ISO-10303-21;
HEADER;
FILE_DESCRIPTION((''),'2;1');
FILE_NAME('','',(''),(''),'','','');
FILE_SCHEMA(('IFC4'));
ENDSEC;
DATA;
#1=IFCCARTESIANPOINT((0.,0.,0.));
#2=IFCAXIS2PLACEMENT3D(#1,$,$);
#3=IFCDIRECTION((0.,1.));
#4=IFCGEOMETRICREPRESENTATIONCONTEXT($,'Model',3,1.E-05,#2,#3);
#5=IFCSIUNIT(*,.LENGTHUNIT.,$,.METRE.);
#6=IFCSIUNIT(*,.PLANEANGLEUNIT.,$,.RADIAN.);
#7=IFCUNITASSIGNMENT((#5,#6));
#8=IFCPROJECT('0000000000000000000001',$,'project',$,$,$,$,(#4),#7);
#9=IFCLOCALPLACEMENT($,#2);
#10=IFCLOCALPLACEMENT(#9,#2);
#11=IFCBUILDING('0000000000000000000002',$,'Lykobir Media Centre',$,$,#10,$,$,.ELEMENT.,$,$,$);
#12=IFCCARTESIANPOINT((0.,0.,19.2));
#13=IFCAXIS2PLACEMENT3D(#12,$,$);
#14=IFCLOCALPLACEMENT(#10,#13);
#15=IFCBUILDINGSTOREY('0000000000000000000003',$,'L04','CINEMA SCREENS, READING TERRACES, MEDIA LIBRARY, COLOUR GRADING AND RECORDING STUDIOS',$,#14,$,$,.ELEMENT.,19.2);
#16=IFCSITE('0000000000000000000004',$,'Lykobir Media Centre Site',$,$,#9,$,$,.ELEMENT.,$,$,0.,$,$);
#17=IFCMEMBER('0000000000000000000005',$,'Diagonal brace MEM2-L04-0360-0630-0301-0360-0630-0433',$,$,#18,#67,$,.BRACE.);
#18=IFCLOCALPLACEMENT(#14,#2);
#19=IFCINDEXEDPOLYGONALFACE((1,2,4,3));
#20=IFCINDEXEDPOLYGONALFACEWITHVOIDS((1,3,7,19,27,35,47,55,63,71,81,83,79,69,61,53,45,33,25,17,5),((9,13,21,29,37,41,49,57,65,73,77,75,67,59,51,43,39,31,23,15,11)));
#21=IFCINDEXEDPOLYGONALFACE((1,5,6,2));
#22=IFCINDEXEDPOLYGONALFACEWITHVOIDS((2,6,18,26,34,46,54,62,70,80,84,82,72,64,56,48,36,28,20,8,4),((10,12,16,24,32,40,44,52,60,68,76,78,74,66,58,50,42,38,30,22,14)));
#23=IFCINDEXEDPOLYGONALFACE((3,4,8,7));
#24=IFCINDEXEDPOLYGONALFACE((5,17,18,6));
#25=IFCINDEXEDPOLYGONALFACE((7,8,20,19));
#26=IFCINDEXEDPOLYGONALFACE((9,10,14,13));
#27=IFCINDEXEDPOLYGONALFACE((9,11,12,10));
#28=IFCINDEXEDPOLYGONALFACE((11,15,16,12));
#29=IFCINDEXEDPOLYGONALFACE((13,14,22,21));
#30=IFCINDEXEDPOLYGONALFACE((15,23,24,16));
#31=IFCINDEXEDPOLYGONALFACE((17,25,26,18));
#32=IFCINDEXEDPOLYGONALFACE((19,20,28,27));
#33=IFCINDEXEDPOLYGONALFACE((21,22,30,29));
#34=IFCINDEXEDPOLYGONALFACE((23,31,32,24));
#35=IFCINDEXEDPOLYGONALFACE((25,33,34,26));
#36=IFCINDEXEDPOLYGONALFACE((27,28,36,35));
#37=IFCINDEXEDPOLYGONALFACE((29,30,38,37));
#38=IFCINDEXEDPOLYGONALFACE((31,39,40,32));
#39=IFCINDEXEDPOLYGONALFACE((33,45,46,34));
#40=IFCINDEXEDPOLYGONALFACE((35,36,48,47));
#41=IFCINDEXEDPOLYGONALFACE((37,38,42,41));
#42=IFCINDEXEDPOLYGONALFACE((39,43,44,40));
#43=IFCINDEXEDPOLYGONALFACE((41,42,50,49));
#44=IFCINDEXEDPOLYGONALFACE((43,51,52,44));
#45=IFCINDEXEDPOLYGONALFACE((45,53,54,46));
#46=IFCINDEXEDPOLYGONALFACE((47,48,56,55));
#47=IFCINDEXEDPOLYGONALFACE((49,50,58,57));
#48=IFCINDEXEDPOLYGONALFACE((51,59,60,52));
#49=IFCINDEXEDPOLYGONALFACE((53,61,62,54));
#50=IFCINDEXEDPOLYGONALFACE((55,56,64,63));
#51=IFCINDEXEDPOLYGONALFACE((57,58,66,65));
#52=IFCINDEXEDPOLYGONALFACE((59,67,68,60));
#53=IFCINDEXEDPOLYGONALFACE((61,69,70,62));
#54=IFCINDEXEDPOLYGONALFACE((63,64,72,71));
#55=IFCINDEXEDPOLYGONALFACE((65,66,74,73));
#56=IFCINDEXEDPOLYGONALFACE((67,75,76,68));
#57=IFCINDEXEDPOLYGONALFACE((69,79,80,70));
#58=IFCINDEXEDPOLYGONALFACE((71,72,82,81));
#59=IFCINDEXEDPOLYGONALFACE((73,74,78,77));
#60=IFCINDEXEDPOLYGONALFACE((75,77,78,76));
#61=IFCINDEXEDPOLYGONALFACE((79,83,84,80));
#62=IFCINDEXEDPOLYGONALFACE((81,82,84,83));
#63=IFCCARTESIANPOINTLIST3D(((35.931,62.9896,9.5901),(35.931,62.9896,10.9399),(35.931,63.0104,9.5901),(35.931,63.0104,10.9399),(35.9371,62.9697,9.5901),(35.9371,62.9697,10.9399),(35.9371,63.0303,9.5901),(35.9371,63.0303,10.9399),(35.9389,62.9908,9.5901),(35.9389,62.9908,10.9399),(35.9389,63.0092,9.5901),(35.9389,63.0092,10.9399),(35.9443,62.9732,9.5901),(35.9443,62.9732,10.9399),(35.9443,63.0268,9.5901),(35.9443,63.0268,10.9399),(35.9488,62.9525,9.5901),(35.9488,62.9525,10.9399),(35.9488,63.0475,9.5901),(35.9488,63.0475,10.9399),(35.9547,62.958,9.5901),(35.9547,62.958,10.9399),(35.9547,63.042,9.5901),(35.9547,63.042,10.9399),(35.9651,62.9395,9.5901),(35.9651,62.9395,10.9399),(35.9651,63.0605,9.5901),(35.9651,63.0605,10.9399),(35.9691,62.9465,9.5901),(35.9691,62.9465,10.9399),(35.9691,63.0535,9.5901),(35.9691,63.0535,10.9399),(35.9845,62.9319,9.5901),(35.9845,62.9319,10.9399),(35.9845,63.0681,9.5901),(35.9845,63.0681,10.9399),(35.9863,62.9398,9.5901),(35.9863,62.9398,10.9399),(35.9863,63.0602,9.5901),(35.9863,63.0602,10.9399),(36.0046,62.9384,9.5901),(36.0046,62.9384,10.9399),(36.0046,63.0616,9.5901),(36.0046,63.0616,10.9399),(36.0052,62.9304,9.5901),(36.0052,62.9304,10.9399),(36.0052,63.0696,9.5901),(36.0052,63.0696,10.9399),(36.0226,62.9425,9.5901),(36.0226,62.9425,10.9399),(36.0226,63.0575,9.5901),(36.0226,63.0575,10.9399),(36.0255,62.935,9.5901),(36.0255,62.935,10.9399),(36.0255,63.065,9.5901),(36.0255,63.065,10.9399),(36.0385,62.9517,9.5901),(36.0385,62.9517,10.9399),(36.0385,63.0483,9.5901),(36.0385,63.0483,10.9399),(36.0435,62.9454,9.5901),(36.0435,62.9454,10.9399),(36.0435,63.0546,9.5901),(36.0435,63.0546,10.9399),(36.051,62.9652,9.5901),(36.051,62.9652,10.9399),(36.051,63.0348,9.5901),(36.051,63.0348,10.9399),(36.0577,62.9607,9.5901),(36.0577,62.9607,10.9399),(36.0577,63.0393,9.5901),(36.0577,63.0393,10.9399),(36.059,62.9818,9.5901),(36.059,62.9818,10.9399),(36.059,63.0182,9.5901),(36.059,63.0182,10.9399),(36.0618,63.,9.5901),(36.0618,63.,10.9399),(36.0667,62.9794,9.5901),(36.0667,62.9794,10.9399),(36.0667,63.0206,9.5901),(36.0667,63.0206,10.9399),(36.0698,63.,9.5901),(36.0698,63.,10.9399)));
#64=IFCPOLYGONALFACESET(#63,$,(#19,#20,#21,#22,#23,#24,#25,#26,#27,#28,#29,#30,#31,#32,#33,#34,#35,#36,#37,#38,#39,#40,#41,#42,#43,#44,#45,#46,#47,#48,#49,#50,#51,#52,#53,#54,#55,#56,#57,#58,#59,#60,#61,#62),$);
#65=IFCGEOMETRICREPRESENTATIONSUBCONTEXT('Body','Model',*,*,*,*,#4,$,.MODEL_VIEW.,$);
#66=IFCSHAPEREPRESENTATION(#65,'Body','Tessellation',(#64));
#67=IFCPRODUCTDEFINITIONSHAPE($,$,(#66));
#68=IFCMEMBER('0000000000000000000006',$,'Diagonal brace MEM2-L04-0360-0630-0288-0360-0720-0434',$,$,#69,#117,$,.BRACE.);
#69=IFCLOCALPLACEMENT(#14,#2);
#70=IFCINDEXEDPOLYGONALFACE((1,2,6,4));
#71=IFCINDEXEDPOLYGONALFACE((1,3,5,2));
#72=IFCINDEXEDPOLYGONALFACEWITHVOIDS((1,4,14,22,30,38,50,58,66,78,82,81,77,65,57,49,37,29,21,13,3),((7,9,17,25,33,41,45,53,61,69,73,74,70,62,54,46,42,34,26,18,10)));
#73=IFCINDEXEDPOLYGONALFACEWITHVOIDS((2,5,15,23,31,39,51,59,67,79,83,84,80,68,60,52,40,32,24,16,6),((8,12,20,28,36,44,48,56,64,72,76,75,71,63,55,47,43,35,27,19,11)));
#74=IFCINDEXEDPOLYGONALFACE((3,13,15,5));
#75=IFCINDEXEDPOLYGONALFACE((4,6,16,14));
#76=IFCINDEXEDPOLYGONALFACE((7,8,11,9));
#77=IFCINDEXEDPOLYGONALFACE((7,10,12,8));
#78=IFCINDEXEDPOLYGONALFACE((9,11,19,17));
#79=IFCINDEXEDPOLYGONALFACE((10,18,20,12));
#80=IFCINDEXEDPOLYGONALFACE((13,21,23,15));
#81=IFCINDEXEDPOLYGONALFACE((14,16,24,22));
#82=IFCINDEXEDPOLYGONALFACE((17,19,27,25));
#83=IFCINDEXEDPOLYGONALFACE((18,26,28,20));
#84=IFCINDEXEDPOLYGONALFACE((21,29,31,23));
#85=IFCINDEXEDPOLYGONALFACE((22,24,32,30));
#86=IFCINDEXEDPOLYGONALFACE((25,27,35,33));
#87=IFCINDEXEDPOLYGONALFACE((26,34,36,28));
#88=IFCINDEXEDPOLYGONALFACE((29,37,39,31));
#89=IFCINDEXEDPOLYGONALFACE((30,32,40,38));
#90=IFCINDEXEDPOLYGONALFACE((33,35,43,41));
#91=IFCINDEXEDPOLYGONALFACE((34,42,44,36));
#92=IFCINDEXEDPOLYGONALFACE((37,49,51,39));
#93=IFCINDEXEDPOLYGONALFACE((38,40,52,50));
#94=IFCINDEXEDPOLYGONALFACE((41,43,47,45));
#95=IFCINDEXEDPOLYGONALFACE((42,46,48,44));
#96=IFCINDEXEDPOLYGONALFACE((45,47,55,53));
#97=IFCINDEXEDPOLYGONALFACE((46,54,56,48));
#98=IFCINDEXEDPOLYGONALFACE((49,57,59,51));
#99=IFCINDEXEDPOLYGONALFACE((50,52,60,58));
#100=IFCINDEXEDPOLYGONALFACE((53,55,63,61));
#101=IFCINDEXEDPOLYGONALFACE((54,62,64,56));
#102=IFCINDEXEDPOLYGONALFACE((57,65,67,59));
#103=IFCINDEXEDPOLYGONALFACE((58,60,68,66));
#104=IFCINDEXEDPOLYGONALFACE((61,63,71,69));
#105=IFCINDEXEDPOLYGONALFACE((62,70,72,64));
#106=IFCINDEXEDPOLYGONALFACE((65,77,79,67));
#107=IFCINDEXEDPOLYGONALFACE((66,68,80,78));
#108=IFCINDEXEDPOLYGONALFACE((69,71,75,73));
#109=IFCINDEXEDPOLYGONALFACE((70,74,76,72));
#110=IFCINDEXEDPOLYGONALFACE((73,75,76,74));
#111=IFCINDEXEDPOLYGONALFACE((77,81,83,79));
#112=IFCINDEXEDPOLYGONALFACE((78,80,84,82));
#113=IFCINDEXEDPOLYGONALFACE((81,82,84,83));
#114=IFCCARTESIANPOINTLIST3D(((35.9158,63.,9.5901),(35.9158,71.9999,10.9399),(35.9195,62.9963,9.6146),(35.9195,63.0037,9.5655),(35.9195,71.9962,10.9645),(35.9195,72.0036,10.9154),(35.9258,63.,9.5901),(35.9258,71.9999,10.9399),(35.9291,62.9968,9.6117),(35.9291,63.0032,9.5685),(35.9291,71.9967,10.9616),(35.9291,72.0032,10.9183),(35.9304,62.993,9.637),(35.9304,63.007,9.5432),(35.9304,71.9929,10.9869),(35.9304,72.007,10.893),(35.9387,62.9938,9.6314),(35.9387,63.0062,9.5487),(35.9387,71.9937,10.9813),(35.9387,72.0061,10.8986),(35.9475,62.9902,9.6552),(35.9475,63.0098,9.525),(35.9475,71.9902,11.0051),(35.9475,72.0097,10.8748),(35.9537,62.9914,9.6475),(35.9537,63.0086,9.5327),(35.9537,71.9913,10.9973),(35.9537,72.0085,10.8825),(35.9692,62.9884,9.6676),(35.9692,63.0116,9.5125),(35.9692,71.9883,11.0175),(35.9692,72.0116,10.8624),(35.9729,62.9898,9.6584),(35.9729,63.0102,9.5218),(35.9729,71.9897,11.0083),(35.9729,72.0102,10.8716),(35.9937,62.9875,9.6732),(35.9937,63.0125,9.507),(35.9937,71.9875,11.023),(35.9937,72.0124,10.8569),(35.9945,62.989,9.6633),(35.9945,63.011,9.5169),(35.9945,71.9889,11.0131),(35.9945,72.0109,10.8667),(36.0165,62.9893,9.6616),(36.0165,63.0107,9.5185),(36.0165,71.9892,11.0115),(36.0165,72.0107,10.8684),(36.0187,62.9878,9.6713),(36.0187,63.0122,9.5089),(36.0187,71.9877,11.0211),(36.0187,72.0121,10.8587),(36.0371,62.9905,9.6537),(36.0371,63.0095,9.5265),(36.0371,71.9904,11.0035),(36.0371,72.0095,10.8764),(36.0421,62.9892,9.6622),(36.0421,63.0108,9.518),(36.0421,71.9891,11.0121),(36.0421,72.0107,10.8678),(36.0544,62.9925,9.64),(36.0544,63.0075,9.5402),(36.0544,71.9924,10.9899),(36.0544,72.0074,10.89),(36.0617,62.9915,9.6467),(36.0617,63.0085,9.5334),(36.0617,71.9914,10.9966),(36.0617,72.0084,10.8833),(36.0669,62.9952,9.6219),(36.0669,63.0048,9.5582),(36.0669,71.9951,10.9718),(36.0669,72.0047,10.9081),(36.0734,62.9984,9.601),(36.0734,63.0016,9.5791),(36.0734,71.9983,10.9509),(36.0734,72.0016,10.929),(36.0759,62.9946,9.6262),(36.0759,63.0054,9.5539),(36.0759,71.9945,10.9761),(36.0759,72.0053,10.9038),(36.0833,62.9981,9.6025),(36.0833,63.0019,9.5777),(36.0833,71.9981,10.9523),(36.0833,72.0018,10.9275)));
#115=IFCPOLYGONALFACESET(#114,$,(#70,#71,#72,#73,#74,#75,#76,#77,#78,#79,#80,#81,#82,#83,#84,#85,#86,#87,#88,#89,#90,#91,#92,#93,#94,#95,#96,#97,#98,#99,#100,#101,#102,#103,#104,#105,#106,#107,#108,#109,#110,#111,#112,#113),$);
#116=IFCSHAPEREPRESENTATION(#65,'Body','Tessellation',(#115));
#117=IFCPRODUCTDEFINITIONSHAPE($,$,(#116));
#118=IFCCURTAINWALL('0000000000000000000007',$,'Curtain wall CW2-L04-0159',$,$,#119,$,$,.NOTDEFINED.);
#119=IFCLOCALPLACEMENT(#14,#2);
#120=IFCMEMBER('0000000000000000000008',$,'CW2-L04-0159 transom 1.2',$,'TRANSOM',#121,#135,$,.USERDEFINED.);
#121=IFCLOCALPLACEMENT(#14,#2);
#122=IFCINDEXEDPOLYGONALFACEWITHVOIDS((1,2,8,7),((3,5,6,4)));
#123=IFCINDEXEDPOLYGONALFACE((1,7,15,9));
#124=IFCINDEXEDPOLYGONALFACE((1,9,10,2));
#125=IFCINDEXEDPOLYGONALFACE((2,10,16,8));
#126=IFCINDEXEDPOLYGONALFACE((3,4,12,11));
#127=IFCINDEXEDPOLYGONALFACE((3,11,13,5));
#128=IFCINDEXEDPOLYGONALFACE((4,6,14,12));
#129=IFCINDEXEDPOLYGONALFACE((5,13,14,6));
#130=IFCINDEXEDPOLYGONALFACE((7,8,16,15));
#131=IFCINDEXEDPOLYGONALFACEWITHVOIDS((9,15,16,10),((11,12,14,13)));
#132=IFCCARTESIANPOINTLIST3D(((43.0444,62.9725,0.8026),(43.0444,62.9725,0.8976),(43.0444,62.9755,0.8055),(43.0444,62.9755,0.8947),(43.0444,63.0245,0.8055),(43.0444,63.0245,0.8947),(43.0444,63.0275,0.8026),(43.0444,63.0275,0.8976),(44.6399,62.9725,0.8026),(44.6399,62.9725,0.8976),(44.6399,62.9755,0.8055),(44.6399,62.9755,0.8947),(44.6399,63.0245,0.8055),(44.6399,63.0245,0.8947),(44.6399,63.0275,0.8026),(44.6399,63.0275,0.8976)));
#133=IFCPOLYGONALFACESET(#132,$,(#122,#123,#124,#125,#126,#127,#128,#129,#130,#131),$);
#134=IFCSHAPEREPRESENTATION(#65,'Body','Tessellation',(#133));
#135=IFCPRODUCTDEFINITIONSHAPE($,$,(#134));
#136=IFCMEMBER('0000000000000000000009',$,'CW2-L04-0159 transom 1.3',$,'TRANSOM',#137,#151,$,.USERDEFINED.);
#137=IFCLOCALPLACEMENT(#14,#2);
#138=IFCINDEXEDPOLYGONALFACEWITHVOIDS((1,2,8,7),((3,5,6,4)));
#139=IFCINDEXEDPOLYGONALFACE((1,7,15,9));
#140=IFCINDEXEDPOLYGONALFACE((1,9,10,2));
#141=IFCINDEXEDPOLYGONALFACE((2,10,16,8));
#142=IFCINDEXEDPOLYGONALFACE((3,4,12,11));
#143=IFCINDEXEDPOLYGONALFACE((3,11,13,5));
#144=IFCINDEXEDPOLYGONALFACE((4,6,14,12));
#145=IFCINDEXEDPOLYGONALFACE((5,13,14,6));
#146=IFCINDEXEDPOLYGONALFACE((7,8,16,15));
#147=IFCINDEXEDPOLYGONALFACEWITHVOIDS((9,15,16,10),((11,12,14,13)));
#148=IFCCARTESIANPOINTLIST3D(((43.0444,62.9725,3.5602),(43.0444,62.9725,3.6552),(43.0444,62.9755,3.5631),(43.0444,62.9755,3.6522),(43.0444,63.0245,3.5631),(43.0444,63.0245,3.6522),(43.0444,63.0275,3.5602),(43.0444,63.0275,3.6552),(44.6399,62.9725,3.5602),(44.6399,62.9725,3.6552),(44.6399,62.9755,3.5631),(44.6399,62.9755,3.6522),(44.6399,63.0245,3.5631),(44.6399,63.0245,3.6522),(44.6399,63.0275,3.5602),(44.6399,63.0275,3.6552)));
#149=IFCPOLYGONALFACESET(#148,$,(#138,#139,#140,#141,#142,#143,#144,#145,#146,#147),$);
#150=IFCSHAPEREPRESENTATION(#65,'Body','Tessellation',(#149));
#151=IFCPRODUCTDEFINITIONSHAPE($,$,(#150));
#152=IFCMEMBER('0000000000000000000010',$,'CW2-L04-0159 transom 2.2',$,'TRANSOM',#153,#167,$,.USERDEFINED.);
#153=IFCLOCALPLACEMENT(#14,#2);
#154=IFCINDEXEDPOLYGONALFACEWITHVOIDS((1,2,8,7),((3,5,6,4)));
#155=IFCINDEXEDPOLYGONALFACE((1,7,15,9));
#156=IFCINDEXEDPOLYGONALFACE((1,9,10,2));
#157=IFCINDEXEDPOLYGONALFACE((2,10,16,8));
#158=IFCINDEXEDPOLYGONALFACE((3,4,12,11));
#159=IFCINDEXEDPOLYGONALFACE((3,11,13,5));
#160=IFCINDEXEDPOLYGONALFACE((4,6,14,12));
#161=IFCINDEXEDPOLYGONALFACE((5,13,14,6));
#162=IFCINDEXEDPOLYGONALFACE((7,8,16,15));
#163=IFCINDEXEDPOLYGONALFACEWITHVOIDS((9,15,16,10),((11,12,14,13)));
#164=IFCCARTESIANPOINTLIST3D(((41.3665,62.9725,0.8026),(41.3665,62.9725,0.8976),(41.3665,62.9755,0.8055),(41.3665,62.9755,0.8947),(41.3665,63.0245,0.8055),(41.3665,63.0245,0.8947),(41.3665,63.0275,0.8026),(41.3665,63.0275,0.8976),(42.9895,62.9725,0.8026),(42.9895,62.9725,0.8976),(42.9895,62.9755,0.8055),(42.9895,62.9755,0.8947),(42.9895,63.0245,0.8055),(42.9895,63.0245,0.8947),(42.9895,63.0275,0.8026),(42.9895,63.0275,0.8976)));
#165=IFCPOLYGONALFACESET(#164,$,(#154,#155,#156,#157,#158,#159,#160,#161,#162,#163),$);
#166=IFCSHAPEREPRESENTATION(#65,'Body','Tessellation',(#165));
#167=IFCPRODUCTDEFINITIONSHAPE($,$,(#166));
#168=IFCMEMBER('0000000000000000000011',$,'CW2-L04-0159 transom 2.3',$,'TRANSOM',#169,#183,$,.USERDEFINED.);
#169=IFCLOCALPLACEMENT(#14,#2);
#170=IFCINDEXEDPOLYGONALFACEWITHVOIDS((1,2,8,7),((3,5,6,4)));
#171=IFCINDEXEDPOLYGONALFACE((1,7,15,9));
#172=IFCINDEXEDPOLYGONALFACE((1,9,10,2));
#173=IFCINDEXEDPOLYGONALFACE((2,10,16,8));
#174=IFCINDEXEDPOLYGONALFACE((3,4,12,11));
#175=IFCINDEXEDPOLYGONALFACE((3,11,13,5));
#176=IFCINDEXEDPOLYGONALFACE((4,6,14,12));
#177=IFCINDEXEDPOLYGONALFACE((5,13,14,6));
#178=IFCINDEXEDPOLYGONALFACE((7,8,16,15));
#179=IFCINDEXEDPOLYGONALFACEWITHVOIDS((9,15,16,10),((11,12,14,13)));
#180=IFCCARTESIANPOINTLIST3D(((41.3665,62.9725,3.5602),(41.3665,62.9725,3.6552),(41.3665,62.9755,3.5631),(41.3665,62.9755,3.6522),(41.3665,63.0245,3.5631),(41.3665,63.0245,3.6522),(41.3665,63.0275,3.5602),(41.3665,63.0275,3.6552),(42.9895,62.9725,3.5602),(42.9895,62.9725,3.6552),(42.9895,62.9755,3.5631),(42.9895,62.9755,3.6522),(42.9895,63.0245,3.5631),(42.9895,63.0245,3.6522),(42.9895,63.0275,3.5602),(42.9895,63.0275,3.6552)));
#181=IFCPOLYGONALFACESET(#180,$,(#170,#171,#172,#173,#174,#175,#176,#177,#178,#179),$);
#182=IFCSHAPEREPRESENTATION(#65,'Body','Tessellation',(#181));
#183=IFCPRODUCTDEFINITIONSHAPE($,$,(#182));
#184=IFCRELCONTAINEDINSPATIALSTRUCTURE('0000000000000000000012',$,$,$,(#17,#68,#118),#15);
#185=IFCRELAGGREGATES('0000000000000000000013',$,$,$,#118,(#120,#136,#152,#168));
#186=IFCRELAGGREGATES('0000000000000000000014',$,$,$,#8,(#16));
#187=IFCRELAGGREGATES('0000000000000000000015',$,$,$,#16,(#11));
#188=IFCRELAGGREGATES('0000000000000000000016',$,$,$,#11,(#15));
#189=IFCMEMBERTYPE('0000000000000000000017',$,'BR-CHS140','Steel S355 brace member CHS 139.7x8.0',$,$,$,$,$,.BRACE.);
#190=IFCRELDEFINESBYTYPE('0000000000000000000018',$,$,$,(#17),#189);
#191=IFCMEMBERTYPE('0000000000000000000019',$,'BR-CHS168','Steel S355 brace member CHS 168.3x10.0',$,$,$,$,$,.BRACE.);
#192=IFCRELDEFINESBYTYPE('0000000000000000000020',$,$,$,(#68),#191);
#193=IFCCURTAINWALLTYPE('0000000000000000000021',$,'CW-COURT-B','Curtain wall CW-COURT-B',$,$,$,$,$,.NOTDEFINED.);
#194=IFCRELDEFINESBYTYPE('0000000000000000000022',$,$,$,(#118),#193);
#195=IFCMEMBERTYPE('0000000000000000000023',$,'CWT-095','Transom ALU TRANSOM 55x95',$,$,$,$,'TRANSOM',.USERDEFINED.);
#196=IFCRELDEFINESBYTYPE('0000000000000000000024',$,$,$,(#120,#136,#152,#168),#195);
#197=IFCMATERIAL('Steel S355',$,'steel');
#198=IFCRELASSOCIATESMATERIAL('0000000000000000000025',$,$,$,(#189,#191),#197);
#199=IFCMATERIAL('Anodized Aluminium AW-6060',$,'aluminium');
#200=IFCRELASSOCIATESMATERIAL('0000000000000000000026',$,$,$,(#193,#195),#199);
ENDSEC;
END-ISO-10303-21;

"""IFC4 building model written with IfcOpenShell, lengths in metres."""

from ifc_helpers import new_model, si_unit, direction, frame, origin, origin_2d, place, context, subcontext, project, spatial, hollow_rectangle, hollow_circle, extrude, material, material_profile, profile_set, type_object, element, aggregate, save


model = new_model("IFC4")

# Units and contexts
model_context = context("Model", 3, precision=1e-05, world=origin(), true_north=direction((0.0, 1.0)))
body_context = subcontext(model_context, "Body", "Model", "MODEL_VIEW")
ifc_project = project(units=[si_unit("LENGTHUNIT", "METRE"), si_unit("PLANEANGLEUNIT", "RADIAN")], contexts=[model_context])

# Site, building, storey
site_placement = place(None, origin())
site = spatial("IfcSite", under=ifc_project, at=site_placement, Name="Lykobir Media Centre Site", CompositionType="ELEMENT", RefElevation=0.0)
building_placement = place(site_placement, origin())
building = spatial("IfcBuilding", under=site, at=building_placement, Name="Lykobir Media Centre", CompositionType="ELEMENT")
storey_placement = place(building_placement, frame((0.0, 0.0, 19.2)))
storey = spatial("IfcBuildingStorey", under=building, at=storey_placement, Name="L04", Description="CINEMA SCREENS, READING TERRACES, MEDIA LIBRARY, COLOUR GRADING AND RECORDING STUDIOS", CompositionType="ELEMENT", Elevation=19.2)

# Members
ifc_material_1 = material(Name="Steel S355", Category="steel")
ifc_material_profile_1 = material_profile(ifc_material_1, hollow_circle(Radius=0.0698, WallThickness=0.0081, at=origin_2d()), Name="CHS 139.7x8.0")
ifc_profile_set_1 = profile_set([ifc_material_profile_1], Name="Steel S355")
member_type_1 = type_object("IfcMemberType", Name="BR-CHS140", Description="Steel S355 brace member CHS 139.7x8.0", PredefinedType="BRACE", material=ifc_profile_set_1)
member_1_placement = place(storey_placement, frame((36.0, 63.0, 10.9399), z_axis=(0.0, 0.0, -1.0), x_axis=(1.0, 0.0, 0.0)))
element("IfcMember", 1, at=member_1_placement, inside=storey, type_object=member_type_1, Name="Diagonal brace MEM2-L04-0360-0630-0301-0360-0630-0433", PredefinedType="BRACE", context=body_context, shape_type="SweptSolid", body=[
    extrude(hollow_circle(Radius=0.0698, WallThickness=0.0081, at=origin_2d()), origin(), (0.0, 0.0, 1.0), 1.3499),
])
ifc_material_profile_2 = material_profile(ifc_material_1, hollow_circle(Radius=0.0842, WallThickness=0.01, at=origin_2d()), Name="CHS 168.3x10.0")
ifc_profile_set_2 = profile_set([ifc_material_profile_2], Name="Steel S355")
member_type_2 = type_object("IfcMemberType", Name="BR-CHS168", Description="Steel S355 brace member CHS 168.3x10.0", PredefinedType="BRACE", material=ifc_profile_set_2)
member_2_placement = place(storey_placement, frame((36.0, 63.0, 9.5901), z_axis=(0.0, 0.988939, 0.148325), x_axis=(-1.0, 0.0, 0.0)))
element("IfcMember", 2, at=member_2_placement, inside=storey, type_object=member_type_2, Name="Diagonal brace MEM2-L04-0360-0630-0288-0360-0720-0434", PredefinedType="BRACE", context=body_context, shape_type="SweptSolid", body=[
    extrude(hollow_circle(Radius=0.0842, WallThickness=0.01, at=origin_2d()), origin(), (0.0, 0.0, 1.0), 9.1006),
])

# Curtain wall, members
ifc_material_2 = material(Name="Anodized Aluminium AW-6060", Category="aluminium")
curtain_wall_type = type_object("IfcCurtainWallType", Name="CW-COURT-B", Description="Curtain wall CW-COURT-B", PredefinedType="NOTDEFINED", material=ifc_material_2)
curtain_wall_placement = place(storey_placement, origin())
curtain_wall = element("IfcCurtainWall", 3, at=curtain_wall_placement, inside=storey, type_object=curtain_wall_type, Name="Curtain wall CW2-L04-0159", PredefinedType="NOTDEFINED")
ifc_material_profile_3 = material_profile(ifc_material_2, hollow_rectangle(XDim=0.0549, YDim=0.095, WallThickness=0.0029, at=origin_2d()), Name="ALU TRANSOM 55x95")
ifc_profile_set_3 = profile_set([ifc_material_profile_3], Name="Anodized Aluminium AW-6060")
member_type_3 = type_object("IfcMemberType", Name="CWT-095", Description="Transom ALU TRANSOM 55x95", ElementType="TRANSOM", PredefinedType="USERDEFINED", material=ifc_profile_set_3)
member_3_placement = place(storey_placement, frame((44.6399, 63.0, 0.8501), z_axis=(-1.0, 0.0, 0.0), x_axis=(0.0, -1.0, 0.0)))
member_3 = element("IfcMember", 4, at=member_3_placement, type_object=member_type_3, Name="CW2-L04-0159 transom 1.2", ObjectType="TRANSOM", PredefinedType="USERDEFINED", context=body_context, shape_type="SweptSolid", body=[
    extrude(hollow_rectangle(XDim=0.0549, YDim=0.095, WallThickness=0.0029, at=origin_2d()), origin(), (0.0, 0.0, 1.0), 1.5955),
])
member_4_placement = place(storey_placement, frame((44.6399, 63.0, 3.6077), z_axis=(-1.0, 0.0, 0.0), x_axis=(0.0, -1.0, 0.0)))
member_4 = element("IfcMember", 5, at=member_4_placement, type_object=member_type_3, Name="CW2-L04-0159 transom 1.3", ObjectType="TRANSOM", PredefinedType="USERDEFINED", context=body_context, shape_type="SweptSolid", body=[
    extrude(hollow_rectangle(XDim=0.0549, YDim=0.095, WallThickness=0.0029, at=origin_2d()), origin(), (0.0, 0.0, 1.0), 1.5955),
])
member_5_placement = place(storey_placement, frame((42.9895, 63.0, 0.8501), z_axis=(-1.0, 0.0, 0.0), x_axis=(0.0, -1.0, 0.0)))
member_5 = element("IfcMember", 6, at=member_5_placement, type_object=member_type_3, Name="CW2-L04-0159 transom 2.2", ObjectType="TRANSOM", PredefinedType="USERDEFINED", context=body_context, shape_type="SweptSolid", body=[
    extrude(hollow_rectangle(XDim=0.0549, YDim=0.095, WallThickness=0.0029, at=origin_2d()), origin(), (0.0, 0.0, 1.0), 1.623),
])
member_6_placement = place(storey_placement, frame((42.9895, 63.0, 3.6077), z_axis=(-1.0, 0.0, 0.0), x_axis=(0.0, -1.0, 0.0)))
member_6 = element("IfcMember", 7, at=member_6_placement, type_object=member_type_3, Name="CW2-L04-0159 transom 2.3", ObjectType="TRANSOM", PredefinedType="USERDEFINED", context=body_context, shape_type="SweptSolid", body=[
    extrude(hollow_rectangle(XDim=0.0549, YDim=0.095, WallThickness=0.0029, at=origin_2d()), origin(), (0.0, 0.0, 1.0), 1.623),
])

aggregate(curtain_wall, [member_3, member_4, member_5, member_6])

save(model, "model.ifc")
